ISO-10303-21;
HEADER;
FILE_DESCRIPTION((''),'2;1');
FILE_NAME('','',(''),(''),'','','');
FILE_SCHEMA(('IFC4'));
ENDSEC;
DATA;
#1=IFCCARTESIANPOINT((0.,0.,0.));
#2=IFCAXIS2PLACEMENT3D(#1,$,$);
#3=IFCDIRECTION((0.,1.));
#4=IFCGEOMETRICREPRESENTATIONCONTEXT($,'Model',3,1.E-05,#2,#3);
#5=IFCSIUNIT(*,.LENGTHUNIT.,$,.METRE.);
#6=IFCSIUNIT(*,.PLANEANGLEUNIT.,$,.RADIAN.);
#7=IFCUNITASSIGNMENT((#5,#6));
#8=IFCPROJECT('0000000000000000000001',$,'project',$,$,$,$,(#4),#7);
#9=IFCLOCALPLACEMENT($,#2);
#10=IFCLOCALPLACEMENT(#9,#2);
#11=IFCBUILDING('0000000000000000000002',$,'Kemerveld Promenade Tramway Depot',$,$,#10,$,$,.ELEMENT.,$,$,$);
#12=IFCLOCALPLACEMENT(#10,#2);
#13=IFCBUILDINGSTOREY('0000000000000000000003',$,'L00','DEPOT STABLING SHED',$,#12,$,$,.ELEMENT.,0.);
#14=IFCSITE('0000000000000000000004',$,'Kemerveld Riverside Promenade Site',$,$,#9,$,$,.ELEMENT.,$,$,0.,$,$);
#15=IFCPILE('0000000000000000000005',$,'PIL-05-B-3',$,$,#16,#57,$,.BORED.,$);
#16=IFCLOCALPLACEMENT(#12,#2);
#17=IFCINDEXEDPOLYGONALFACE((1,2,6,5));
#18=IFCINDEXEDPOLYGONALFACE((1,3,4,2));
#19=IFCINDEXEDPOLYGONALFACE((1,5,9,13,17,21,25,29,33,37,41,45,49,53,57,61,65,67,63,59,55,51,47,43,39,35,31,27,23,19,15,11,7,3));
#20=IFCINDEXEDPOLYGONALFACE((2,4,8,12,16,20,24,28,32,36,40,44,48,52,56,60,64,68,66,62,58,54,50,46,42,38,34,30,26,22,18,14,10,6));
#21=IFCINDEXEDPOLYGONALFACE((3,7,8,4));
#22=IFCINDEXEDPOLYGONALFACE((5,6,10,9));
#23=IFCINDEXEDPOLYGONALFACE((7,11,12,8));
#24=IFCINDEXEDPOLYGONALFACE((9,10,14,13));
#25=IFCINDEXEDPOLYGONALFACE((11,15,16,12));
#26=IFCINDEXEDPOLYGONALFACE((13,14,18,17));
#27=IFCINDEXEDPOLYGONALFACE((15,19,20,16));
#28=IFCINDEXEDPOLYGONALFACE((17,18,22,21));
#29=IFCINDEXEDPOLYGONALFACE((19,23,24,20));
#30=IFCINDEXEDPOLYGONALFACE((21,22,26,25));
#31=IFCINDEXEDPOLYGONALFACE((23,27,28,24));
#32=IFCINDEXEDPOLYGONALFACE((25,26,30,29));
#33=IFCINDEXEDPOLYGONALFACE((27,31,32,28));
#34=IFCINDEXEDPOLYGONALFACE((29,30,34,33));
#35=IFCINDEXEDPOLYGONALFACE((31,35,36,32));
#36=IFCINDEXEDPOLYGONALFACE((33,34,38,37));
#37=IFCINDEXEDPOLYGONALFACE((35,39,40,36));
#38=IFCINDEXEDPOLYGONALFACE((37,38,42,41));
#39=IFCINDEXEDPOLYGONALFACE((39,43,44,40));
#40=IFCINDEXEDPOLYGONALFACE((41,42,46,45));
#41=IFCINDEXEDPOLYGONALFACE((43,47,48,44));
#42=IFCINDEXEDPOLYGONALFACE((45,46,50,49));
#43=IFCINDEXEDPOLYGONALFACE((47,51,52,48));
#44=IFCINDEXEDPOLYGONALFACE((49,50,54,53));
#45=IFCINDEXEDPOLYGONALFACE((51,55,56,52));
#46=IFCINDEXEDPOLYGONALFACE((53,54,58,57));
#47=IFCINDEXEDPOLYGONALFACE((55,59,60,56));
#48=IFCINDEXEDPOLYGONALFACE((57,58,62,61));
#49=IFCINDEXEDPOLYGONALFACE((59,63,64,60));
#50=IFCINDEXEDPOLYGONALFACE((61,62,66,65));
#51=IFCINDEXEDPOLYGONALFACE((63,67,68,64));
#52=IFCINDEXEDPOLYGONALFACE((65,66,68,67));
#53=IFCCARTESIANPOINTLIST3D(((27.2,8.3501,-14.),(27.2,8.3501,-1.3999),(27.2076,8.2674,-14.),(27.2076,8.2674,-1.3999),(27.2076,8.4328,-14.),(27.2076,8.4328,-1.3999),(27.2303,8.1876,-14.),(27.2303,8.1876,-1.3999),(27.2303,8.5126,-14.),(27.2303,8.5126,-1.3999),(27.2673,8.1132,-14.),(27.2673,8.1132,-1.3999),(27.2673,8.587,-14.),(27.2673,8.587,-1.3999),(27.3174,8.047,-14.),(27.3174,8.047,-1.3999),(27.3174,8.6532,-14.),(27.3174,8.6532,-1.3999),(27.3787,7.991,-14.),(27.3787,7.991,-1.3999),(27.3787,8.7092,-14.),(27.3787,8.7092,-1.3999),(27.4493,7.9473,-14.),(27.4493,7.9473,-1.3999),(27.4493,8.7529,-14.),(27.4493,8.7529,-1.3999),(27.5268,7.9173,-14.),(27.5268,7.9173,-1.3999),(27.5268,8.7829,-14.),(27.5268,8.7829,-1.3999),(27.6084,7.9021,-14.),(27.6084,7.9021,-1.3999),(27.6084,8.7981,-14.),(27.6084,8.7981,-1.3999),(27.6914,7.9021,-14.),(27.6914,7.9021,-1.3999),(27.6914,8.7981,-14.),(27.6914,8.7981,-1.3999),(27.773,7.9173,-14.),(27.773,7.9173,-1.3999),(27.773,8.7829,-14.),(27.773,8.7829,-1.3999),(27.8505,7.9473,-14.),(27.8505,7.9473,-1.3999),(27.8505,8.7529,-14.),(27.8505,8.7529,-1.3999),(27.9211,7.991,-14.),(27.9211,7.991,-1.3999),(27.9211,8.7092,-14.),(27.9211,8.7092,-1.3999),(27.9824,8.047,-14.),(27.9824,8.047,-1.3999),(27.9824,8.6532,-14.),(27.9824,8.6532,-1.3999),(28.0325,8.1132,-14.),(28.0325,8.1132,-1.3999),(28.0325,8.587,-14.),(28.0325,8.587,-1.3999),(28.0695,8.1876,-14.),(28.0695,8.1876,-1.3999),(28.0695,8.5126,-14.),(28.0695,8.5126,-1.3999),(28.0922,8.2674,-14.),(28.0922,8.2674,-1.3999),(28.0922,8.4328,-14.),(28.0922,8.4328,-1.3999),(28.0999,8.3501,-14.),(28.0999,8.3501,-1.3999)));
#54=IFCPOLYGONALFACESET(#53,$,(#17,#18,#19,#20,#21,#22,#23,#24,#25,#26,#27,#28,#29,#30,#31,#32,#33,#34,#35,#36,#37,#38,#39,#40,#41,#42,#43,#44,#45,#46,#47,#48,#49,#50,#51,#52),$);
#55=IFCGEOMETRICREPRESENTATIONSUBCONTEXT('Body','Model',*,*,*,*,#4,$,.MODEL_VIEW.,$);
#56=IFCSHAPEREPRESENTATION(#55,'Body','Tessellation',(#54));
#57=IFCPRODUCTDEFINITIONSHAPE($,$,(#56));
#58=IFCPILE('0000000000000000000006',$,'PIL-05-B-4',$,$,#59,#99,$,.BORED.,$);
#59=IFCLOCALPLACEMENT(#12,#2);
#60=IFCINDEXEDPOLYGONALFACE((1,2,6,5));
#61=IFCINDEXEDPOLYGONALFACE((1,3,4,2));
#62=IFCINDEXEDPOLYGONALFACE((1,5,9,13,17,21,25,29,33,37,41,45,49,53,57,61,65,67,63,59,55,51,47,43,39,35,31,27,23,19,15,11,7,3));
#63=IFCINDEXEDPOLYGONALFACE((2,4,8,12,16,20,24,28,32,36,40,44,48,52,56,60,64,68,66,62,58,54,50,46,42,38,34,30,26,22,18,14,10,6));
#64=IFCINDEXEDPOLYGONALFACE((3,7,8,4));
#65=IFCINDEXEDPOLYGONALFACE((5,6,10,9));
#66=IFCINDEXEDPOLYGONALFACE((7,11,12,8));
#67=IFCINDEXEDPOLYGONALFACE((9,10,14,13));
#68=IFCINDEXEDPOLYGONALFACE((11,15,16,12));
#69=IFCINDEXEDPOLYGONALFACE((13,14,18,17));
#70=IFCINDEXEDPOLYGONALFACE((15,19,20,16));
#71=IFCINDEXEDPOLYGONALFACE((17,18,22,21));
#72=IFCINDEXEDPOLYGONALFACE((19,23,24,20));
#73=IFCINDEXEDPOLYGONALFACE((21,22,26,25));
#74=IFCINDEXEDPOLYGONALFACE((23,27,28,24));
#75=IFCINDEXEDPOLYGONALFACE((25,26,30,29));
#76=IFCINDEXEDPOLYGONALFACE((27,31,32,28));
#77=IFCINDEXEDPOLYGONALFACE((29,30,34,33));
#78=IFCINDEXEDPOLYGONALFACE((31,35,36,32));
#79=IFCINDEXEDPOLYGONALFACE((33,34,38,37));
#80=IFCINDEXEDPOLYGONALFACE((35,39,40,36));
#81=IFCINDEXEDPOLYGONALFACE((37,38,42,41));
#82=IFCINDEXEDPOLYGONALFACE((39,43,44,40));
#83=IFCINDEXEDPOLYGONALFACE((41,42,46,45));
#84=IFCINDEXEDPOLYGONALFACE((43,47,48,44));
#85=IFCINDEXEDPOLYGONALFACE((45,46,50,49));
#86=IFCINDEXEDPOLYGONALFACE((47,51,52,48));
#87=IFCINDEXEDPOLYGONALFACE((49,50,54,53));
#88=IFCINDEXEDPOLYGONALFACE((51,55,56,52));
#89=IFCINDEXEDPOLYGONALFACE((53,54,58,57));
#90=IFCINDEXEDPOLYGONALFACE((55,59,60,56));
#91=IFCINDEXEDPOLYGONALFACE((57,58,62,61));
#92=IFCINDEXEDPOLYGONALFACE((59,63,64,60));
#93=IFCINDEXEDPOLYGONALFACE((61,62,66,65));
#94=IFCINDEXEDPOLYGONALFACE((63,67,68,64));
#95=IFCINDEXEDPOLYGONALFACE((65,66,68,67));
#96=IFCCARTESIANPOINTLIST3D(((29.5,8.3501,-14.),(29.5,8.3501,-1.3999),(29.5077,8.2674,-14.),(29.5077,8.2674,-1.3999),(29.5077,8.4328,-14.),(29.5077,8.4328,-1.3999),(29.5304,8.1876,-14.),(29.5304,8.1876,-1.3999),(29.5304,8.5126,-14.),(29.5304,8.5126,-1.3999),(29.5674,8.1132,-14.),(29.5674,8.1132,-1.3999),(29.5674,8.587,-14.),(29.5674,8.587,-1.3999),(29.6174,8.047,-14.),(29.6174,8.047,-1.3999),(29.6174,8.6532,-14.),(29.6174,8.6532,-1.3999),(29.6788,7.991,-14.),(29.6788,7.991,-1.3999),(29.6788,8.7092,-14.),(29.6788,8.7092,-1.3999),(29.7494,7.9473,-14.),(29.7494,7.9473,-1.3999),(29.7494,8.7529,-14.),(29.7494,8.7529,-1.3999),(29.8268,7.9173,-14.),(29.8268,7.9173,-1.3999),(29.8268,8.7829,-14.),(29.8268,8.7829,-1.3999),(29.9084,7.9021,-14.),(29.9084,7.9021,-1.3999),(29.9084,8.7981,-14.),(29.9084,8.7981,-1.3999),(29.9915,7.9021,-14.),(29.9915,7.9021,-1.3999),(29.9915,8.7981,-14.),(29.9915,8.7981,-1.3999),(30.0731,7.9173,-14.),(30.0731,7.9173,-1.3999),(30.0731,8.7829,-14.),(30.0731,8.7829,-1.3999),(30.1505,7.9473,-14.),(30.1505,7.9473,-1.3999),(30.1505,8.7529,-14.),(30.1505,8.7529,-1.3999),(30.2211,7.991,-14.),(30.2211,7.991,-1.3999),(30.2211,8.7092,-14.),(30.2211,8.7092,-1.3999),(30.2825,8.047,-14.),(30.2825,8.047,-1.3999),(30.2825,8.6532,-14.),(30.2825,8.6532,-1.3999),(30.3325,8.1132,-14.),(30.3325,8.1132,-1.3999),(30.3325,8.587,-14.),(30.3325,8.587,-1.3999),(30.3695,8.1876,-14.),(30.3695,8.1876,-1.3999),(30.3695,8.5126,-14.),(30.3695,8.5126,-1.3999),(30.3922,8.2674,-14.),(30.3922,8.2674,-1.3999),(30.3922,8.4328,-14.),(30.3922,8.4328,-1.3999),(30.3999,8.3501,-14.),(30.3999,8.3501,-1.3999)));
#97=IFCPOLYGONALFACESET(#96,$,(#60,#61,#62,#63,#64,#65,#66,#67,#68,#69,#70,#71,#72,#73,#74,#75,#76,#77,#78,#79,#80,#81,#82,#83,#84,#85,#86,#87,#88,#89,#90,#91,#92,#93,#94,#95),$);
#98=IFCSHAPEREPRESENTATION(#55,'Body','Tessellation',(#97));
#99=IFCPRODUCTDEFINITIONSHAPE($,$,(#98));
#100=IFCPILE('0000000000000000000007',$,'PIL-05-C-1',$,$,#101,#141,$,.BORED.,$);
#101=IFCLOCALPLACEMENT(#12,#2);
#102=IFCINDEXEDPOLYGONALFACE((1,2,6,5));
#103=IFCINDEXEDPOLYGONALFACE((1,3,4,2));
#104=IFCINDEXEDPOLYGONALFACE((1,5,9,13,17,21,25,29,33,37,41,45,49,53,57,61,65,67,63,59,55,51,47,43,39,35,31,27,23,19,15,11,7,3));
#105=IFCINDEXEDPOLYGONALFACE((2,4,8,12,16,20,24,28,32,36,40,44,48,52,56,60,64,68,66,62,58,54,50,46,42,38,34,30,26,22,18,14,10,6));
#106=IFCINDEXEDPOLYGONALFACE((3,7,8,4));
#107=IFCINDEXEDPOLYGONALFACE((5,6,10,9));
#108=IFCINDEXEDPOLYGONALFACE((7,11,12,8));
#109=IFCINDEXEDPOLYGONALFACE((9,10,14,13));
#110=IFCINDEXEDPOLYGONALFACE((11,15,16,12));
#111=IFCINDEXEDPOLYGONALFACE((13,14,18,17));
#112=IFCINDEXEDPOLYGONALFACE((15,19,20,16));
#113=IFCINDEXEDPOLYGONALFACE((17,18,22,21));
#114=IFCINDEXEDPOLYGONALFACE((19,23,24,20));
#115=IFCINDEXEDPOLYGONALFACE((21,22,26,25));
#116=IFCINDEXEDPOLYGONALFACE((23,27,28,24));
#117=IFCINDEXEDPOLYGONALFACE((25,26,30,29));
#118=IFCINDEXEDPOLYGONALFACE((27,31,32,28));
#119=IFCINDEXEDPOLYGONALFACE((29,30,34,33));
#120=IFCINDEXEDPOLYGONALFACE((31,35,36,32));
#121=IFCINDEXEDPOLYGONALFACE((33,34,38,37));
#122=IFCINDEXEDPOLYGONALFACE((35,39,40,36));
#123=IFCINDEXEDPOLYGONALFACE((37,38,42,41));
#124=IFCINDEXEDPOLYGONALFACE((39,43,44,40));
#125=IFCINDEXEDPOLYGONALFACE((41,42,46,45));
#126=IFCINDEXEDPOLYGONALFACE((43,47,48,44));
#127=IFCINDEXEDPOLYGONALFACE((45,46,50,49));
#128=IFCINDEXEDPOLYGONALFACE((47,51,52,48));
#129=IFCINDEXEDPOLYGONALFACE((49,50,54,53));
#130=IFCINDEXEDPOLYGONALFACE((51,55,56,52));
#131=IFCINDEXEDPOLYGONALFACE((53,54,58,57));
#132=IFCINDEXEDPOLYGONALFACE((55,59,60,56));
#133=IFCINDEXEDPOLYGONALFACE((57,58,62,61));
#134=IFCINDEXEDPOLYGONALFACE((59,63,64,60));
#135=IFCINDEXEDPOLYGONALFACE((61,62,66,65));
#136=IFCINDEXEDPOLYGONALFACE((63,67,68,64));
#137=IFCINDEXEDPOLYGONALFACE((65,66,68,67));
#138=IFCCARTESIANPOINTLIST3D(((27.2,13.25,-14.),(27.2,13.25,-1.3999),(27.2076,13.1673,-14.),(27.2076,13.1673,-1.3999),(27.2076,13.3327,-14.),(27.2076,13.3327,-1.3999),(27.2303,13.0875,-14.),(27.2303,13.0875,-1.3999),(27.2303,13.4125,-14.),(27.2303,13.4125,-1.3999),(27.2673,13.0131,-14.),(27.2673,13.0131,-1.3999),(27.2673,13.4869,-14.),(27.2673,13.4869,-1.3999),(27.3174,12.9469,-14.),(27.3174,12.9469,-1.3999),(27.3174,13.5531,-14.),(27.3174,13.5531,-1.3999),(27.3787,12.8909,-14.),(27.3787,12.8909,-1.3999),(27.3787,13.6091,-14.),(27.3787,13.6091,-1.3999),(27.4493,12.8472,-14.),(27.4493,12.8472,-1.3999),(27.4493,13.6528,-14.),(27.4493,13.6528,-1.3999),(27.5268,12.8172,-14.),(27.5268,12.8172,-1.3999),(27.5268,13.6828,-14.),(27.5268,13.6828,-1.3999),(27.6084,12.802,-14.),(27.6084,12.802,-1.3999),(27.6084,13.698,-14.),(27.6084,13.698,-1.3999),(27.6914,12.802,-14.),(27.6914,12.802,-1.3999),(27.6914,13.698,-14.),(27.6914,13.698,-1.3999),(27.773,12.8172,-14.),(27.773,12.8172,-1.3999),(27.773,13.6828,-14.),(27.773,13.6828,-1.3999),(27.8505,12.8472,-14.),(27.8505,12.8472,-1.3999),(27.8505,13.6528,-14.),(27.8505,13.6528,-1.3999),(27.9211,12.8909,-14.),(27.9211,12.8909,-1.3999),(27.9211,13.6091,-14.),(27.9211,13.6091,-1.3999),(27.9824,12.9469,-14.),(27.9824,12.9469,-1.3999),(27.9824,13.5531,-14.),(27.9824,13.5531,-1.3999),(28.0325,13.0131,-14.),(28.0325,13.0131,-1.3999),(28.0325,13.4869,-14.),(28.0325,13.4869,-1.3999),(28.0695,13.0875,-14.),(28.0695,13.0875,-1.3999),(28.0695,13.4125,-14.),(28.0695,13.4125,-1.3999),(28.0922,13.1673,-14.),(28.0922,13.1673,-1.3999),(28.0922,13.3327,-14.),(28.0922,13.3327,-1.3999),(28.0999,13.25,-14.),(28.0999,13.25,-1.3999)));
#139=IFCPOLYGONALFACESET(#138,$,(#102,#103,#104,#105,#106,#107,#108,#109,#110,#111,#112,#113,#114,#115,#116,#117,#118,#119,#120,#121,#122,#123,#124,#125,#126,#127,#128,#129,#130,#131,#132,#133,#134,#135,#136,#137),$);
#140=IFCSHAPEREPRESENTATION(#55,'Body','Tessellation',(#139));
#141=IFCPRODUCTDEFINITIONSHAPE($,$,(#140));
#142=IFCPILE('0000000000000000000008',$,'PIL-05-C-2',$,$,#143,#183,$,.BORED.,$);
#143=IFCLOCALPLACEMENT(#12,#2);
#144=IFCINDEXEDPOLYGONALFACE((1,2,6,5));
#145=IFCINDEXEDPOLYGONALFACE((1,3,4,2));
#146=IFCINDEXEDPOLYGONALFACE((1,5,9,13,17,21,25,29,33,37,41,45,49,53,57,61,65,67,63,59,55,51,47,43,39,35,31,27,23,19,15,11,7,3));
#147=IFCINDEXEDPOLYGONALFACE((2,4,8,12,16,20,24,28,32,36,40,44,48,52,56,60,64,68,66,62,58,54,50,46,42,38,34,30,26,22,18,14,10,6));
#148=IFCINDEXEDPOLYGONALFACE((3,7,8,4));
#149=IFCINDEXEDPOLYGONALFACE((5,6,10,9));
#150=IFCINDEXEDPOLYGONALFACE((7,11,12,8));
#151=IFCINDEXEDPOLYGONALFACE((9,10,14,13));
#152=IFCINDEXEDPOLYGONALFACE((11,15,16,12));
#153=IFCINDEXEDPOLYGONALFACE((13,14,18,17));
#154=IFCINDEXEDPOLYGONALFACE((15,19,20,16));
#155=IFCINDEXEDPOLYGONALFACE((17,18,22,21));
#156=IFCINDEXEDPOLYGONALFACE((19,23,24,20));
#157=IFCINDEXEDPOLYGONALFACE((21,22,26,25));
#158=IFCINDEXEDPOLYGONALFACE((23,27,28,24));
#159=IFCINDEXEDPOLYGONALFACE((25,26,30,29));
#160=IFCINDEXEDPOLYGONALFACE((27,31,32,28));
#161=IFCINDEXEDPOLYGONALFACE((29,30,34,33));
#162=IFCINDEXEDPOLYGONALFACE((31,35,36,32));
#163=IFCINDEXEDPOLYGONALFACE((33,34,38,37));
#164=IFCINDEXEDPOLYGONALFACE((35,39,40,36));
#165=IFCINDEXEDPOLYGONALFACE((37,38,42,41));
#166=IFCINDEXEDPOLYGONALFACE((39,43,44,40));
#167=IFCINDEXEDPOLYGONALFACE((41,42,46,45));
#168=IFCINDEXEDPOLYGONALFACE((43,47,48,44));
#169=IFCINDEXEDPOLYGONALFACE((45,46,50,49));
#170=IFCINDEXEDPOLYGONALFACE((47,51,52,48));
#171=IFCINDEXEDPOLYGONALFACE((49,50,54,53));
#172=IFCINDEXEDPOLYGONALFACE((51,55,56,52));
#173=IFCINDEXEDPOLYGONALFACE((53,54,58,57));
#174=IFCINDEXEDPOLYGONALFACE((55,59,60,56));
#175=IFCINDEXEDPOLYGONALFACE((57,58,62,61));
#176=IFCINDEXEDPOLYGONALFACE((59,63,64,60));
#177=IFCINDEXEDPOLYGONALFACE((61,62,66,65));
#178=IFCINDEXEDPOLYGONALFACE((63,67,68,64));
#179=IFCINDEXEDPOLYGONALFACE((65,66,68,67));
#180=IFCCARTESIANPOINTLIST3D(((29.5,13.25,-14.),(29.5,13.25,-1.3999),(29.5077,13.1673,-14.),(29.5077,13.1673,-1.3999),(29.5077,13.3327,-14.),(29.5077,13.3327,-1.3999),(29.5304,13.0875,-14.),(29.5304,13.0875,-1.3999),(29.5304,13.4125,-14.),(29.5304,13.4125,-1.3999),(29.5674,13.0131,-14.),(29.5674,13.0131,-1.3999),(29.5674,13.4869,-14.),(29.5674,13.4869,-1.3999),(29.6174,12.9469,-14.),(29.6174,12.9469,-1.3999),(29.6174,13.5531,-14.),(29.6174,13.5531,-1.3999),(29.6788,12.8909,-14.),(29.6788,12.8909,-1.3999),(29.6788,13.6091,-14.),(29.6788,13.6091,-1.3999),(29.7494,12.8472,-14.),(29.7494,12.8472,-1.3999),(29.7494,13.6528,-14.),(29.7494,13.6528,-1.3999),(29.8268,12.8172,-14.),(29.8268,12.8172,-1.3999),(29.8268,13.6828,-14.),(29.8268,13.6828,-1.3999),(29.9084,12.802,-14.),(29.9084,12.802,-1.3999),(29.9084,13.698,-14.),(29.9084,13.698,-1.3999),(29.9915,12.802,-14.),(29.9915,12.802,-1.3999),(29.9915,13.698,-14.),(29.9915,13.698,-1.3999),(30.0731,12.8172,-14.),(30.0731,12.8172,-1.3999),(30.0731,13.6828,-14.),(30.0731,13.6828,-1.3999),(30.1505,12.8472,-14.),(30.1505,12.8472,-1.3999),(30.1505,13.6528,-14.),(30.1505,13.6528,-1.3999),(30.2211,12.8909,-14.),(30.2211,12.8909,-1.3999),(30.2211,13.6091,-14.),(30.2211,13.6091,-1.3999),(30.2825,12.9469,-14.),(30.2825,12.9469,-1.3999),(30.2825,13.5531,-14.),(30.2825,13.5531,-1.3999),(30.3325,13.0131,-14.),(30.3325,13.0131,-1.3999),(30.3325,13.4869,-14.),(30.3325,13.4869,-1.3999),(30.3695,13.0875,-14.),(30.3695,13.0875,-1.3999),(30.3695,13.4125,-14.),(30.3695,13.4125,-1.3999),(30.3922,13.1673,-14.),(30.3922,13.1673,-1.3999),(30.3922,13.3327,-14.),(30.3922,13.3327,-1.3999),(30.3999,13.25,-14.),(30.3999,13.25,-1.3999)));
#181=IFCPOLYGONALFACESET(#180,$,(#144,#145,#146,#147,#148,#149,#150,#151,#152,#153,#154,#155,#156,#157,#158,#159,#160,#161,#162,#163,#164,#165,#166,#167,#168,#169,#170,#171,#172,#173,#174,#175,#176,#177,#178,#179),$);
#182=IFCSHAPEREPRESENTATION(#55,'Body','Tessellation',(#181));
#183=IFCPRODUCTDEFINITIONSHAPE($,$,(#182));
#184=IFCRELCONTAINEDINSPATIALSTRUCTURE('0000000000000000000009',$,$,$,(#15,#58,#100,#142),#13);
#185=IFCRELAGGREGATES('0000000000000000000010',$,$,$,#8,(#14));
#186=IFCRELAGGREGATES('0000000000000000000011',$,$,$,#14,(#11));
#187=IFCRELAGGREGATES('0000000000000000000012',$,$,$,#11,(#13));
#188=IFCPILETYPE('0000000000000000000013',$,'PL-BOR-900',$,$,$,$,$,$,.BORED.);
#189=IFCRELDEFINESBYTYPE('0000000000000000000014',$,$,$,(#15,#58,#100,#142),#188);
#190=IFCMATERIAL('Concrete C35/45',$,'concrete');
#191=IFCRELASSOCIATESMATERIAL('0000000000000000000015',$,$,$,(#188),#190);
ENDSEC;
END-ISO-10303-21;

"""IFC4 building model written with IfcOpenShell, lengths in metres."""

from ifc_helpers import new_model, si_unit, direction, frame, origin, origin_2d, place, context, subcontext, project, spatial, circle, extrude, material, material_profile, profile_set, type_object, element, save


model = new_model("IFC4")

# Units and contexts
model_context = context("Model", 3, precision=1e-05, world=origin(), true_north=direction((0.0, 1.0)))
body_context = subcontext(model_context, "Body", "Model", "MODEL_VIEW")
ifc_project = project(units=[si_unit("LENGTHUNIT", "METRE"), si_unit("PLANEANGLEUNIT", "RADIAN")], contexts=[model_context])

# Site, building, storey
site_placement = place(None, origin())
site = spatial("IfcSite", under=ifc_project, at=site_placement, Name="Kemerveld Riverside Promenade Site", CompositionType="ELEMENT", RefElevation=0.0)
building_placement = place(site_placement, origin())
building = spatial("IfcBuilding", under=site, at=building_placement, Name="Kemerveld Promenade Tramway Depot", CompositionType="ELEMENT")
storey_placement = place(building_placement, origin())
storey = spatial("IfcBuildingStorey", under=building, at=storey_placement, Name="L00", Description="DEPOT STABLING SHED", CompositionType="ELEMENT", Elevation=0.0)

# Shared definitions
ifc_material_1 = material(Name="Concrete C35/45", Category="concrete")

# Piles
ifc_material_profile_1 = material_profile(ifc_material_1, circle(Radius=0.45, at=origin_2d()), Name="PILE-D900")
ifc_profile_set_1 = profile_set([ifc_material_profile_1], Name="Concrete C35/45")
pile_type = type_object("IfcPileType", Name="PL-BOR-900", PredefinedType="BORED", material=ifc_profile_set_1)
for number, where, z_axis, x_axis, name in (
    (1, (27.6499, 8.3501, -1.3999), (0.0, 0.0, -1.0), (1.0, 0.0, 0.0), "PIL-05-B-3"),
    (2, (29.95, 8.3501, -1.3999), (0.0, 0.0, -1.0), (1.0, 0.0, 0.0), "PIL-05-B-4"),
    (3, (27.6499, 13.25, -1.3999), (0.0, 0.0, -1.0), (1.0, 0.0, 0.0), "PIL-05-C-1"),
    (4, (29.95, 13.25, -1.3999), (0.0, 0.0, -1.0), (1.0, 0.0, 0.0), "PIL-05-C-2"),
):
    element("IfcPile", number, at=place(storey_placement, frame(where, z_axis=z_axis, x_axis=x_axis)), inside=storey, type_object=pile_type, Name=name, PredefinedType="BORED", context=body_context, shape_type="SweptSolid", body=[
        extrude(circle(Radius=0.45, at=origin_2d()), origin(), (0.0, 0.0, 1.0), 12.6001),
    ])

save(model, "model.ifc")
